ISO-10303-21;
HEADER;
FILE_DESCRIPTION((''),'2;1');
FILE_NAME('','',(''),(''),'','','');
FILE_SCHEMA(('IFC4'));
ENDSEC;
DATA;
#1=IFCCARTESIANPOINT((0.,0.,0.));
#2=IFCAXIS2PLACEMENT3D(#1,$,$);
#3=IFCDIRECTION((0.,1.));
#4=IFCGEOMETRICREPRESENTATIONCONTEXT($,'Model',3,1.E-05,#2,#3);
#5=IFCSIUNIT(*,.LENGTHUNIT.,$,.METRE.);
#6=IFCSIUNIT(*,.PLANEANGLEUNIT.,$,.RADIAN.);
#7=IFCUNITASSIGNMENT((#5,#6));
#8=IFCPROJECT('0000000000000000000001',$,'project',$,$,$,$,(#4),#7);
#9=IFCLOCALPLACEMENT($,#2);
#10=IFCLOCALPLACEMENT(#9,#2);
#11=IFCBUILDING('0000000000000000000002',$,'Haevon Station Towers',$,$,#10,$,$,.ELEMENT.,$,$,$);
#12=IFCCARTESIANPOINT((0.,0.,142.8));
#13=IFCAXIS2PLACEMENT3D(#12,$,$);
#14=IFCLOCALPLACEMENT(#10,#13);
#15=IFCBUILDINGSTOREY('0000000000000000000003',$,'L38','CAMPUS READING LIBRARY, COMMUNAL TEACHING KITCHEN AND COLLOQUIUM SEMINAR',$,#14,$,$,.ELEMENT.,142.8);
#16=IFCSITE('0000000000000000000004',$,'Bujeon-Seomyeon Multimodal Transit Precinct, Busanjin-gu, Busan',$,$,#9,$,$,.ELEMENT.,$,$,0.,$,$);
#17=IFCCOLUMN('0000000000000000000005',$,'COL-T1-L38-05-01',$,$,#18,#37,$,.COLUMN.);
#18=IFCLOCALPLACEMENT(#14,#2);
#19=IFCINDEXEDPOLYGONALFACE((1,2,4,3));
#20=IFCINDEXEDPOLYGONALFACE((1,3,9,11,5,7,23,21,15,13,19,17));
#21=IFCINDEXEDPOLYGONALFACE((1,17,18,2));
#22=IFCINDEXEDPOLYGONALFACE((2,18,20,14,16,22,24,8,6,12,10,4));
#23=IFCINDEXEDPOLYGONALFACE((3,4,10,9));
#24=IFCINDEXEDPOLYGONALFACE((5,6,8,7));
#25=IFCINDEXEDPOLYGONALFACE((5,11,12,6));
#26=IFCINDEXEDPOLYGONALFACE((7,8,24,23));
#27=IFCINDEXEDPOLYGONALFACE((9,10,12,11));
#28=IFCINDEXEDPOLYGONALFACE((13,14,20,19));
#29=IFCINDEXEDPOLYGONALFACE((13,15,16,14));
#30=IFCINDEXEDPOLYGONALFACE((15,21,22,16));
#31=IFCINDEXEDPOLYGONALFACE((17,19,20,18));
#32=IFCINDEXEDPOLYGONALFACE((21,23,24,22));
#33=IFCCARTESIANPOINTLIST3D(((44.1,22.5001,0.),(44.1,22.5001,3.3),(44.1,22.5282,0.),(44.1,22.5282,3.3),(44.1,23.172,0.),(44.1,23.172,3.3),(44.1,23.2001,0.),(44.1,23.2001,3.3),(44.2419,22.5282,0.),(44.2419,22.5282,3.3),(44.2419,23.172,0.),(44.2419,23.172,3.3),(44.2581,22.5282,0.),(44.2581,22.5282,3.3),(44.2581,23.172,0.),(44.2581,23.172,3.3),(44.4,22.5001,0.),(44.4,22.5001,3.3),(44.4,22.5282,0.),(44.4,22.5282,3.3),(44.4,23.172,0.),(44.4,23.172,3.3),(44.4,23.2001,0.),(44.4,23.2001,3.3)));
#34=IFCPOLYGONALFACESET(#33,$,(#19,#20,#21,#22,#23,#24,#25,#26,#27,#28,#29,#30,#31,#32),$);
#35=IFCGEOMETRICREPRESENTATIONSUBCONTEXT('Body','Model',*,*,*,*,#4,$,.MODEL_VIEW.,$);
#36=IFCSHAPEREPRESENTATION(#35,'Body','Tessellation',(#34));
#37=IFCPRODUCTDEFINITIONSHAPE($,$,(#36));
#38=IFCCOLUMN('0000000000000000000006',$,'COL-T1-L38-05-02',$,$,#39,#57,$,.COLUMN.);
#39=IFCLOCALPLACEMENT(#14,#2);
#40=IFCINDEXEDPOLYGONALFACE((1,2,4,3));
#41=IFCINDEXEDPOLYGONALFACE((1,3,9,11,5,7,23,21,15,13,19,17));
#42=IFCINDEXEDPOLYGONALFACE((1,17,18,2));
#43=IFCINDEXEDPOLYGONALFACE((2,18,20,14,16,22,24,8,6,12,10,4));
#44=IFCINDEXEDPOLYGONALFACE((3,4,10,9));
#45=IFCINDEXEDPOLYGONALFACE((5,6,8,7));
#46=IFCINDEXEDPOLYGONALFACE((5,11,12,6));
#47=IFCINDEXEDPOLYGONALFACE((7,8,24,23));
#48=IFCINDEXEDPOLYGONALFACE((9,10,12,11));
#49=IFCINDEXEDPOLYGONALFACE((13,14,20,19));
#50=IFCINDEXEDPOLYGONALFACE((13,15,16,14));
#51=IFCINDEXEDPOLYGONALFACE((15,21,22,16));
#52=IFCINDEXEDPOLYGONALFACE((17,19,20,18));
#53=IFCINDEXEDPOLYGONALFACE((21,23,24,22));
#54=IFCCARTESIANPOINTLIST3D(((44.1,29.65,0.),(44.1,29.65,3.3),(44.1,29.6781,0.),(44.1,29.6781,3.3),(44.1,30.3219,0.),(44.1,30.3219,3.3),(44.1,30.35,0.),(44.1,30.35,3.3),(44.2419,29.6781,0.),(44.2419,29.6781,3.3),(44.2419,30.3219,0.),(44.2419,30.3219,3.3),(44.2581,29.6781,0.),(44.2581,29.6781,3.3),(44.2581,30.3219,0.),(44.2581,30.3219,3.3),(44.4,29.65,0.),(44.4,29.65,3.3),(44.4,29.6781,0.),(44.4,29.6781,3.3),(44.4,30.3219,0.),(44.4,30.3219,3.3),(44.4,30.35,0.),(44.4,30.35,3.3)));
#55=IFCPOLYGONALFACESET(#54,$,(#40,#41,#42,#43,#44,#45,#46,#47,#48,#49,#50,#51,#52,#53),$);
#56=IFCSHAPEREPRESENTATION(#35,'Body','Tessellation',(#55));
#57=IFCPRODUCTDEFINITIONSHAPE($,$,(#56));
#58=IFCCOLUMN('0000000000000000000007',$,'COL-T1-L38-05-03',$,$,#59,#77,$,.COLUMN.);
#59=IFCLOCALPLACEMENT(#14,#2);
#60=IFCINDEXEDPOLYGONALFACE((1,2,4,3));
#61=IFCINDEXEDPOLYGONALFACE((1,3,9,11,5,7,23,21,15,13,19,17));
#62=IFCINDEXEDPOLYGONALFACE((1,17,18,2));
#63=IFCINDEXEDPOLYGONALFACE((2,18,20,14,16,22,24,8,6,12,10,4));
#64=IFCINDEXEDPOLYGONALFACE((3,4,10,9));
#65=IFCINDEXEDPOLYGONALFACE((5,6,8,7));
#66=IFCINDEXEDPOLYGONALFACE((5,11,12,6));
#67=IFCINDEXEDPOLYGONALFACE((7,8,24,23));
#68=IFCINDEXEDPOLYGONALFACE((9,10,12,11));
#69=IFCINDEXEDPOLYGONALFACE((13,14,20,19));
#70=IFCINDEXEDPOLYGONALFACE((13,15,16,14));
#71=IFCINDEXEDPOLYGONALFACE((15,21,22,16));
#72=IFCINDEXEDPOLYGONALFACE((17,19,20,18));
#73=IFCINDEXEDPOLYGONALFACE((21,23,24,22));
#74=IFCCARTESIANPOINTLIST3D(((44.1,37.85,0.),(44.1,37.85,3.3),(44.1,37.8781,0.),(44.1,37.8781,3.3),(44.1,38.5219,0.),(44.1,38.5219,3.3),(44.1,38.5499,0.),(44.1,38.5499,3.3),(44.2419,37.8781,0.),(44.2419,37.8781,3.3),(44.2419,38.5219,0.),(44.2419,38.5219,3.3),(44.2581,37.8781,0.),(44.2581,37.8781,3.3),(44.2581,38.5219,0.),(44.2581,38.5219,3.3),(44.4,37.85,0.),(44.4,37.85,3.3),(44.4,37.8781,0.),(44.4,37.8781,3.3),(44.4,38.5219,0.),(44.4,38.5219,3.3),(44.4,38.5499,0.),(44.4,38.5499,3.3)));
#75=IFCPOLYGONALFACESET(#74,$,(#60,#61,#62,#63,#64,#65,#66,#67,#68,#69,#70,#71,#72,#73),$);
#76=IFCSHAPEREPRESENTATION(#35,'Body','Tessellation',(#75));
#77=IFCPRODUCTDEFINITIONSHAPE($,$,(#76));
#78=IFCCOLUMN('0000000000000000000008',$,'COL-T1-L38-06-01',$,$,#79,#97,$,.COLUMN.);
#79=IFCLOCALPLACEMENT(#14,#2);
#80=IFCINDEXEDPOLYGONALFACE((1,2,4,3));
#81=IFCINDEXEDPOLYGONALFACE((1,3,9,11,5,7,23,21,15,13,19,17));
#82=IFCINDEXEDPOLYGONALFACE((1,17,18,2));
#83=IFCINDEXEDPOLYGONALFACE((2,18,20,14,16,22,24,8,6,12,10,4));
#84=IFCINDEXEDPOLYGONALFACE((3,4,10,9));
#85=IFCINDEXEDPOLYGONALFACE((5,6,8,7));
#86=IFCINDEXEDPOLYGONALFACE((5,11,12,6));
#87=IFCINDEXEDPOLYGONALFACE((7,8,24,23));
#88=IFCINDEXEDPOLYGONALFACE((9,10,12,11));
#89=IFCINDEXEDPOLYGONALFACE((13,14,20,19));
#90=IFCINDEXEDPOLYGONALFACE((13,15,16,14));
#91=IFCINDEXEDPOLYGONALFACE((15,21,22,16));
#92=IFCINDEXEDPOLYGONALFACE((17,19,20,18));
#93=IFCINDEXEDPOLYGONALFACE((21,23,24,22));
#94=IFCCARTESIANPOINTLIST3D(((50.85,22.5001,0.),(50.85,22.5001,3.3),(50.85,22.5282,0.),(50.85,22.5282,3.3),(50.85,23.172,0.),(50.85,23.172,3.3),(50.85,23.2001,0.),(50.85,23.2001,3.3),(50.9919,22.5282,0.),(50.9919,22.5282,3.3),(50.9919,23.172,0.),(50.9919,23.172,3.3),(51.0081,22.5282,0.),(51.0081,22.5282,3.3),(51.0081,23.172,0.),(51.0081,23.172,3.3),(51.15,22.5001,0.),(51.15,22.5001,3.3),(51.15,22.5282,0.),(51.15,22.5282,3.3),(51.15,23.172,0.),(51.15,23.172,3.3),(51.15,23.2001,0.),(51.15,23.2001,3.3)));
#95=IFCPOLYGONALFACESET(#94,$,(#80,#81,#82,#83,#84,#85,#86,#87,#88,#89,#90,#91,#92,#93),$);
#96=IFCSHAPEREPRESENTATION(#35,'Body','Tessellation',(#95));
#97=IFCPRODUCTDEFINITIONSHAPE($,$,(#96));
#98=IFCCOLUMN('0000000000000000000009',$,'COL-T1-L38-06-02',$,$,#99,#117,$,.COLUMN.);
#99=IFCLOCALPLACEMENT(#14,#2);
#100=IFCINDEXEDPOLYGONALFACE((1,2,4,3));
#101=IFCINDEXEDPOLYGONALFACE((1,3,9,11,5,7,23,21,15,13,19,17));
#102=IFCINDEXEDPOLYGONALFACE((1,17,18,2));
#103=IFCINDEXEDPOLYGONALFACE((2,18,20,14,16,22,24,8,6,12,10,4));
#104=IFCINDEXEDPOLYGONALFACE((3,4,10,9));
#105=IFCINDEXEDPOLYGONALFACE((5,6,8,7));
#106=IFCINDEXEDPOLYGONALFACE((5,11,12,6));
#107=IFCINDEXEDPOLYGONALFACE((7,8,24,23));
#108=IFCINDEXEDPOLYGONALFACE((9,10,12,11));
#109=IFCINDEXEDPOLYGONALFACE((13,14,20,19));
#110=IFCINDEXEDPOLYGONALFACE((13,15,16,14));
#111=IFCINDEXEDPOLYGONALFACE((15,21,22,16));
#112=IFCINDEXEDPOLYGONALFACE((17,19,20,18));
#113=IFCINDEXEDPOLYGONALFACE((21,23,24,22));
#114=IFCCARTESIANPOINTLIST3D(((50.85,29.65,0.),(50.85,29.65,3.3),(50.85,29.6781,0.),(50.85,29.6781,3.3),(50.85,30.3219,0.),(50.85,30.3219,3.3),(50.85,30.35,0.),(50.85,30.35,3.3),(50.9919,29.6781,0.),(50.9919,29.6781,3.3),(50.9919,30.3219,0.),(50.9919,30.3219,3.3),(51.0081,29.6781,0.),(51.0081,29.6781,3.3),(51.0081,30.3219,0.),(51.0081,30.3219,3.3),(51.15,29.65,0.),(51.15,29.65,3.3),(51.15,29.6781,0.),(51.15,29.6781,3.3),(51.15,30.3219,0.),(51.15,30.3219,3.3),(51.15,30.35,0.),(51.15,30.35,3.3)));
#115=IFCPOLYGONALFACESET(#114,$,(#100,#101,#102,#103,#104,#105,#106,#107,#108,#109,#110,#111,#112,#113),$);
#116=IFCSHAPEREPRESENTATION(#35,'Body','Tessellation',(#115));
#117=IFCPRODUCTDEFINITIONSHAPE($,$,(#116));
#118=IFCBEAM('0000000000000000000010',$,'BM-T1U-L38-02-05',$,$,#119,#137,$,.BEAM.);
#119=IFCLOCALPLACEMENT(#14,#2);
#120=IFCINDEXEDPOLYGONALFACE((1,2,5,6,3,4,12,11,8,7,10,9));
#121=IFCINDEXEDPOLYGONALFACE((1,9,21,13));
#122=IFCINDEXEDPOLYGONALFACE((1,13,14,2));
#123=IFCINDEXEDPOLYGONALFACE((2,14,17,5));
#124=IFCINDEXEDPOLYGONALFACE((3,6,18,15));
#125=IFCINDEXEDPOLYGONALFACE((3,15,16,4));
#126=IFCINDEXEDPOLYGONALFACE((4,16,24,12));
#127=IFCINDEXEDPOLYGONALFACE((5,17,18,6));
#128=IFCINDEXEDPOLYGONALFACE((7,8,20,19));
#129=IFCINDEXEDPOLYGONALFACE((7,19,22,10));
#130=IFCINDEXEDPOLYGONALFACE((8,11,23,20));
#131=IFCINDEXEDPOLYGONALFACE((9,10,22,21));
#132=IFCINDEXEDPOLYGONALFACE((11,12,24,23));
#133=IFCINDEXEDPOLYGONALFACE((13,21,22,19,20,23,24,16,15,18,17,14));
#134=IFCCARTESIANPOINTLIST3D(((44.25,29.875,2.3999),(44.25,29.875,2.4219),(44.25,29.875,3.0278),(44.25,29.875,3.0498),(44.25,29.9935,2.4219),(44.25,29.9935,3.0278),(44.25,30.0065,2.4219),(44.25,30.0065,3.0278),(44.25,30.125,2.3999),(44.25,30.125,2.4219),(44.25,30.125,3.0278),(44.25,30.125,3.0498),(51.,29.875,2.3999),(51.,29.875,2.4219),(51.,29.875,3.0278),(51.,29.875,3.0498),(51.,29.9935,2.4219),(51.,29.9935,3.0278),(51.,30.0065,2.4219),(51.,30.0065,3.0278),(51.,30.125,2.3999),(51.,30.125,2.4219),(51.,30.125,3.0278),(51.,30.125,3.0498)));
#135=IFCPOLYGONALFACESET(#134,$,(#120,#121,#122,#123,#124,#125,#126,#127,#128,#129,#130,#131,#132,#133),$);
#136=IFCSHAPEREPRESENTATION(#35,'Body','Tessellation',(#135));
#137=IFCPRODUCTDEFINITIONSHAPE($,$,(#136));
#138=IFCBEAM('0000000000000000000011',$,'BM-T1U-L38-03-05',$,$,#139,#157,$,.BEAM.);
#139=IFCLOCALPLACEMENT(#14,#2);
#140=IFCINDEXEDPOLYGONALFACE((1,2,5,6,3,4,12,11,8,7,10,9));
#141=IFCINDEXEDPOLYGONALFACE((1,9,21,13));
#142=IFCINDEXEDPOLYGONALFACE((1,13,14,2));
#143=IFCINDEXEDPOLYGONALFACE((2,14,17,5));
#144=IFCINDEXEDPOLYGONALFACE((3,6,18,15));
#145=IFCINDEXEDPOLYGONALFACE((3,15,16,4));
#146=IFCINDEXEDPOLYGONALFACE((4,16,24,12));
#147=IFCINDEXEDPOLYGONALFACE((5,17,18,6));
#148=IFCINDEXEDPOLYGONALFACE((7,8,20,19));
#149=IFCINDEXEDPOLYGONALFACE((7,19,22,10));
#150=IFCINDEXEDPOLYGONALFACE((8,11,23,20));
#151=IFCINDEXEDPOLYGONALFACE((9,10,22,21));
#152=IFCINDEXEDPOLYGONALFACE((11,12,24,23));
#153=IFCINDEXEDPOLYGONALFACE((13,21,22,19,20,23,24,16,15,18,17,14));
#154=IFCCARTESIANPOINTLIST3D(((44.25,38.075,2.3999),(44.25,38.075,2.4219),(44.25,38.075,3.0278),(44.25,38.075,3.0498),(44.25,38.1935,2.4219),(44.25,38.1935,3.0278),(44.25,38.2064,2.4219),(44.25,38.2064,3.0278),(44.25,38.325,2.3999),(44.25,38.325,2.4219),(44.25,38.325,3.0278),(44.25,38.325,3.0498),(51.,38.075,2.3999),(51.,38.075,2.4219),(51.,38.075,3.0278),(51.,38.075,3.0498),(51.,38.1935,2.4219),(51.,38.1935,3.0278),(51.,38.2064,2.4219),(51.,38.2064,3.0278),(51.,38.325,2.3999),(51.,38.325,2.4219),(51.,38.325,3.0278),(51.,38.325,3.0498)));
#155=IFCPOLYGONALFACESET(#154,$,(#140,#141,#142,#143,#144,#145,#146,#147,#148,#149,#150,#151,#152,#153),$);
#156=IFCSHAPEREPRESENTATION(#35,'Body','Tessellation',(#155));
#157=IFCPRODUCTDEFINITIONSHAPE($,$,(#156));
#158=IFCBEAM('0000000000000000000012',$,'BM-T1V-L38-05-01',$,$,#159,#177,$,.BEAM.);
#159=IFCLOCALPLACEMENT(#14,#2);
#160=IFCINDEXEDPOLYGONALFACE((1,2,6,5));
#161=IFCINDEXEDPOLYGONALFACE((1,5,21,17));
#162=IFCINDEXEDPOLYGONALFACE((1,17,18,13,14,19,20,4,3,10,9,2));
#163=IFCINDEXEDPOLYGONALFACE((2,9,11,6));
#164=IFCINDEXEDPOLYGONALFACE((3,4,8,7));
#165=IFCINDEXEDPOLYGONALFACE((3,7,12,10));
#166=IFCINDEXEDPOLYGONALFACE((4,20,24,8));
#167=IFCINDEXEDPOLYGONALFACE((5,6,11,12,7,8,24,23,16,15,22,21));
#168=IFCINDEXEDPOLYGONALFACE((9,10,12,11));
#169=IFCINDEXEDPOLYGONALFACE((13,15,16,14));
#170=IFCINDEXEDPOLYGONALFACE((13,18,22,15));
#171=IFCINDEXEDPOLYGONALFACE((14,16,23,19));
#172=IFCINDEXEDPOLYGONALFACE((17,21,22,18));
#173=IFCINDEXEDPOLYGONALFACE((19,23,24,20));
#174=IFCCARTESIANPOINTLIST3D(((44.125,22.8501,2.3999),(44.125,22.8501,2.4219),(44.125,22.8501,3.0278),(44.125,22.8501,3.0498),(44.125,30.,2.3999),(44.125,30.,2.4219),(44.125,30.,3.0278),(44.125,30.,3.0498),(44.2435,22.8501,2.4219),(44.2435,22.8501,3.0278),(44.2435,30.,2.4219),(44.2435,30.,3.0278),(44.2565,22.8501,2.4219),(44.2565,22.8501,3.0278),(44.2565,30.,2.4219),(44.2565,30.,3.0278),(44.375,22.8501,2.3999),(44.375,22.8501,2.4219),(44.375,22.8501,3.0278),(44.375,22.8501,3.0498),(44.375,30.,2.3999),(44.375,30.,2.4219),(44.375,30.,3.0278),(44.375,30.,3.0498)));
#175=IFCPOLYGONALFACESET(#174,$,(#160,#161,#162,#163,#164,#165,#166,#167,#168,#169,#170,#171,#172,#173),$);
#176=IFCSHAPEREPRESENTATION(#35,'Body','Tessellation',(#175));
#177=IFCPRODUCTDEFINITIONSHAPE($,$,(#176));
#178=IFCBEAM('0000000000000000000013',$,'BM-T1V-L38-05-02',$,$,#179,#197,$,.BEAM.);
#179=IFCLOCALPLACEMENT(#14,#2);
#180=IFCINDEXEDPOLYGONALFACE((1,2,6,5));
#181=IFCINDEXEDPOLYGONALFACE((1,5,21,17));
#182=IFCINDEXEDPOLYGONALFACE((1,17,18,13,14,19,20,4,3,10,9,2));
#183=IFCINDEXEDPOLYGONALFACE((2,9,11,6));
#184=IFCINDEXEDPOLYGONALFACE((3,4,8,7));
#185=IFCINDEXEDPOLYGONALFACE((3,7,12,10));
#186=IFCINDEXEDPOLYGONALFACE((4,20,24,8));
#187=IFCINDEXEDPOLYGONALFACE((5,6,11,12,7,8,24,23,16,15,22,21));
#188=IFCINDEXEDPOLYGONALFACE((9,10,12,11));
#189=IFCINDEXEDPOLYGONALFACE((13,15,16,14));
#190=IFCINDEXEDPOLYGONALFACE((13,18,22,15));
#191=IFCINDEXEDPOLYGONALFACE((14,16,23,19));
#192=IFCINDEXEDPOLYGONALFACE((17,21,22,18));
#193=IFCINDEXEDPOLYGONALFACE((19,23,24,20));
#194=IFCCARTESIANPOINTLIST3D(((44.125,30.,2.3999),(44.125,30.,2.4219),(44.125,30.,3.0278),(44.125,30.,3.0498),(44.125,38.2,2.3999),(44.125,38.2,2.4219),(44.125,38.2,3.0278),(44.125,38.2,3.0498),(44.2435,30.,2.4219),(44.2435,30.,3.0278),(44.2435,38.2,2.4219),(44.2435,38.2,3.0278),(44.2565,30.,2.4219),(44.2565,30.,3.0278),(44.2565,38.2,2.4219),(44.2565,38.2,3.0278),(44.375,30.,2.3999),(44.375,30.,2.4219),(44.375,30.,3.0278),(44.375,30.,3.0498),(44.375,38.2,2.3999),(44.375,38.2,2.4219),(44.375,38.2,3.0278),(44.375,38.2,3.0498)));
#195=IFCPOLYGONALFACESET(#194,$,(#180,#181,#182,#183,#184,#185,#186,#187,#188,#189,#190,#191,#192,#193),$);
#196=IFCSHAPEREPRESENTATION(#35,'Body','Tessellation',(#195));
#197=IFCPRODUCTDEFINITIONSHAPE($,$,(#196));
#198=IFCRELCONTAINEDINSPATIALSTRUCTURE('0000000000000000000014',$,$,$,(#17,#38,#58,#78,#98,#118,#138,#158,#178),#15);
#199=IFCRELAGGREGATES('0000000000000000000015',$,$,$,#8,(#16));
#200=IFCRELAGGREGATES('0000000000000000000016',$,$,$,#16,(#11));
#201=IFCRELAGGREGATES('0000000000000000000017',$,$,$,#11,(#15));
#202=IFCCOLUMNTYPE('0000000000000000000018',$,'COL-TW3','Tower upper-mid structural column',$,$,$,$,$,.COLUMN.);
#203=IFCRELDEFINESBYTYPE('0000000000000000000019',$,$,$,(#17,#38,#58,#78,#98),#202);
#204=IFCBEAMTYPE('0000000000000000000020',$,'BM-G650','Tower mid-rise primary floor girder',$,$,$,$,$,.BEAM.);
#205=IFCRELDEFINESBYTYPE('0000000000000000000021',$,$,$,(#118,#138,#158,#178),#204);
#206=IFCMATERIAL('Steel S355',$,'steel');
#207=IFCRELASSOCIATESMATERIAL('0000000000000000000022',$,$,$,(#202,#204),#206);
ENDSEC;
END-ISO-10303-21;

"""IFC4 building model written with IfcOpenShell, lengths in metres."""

from ifc_helpers import new_model, si_unit, direction, frame, origin, origin_2d, place, context, subcontext, project, spatial, i_section, extrude, material, material_profile, profile_set, type_object, element, save


model = new_model("IFC4")

# Units and contexts
model_context = context("Model", 3, precision=1e-05, world=origin(), true_north=direction((0.0, 1.0)))
body_context = subcontext(model_context, "Body", "Model", "MODEL_VIEW")
ifc_project = project(units=[si_unit("LENGTHUNIT", "METRE"), si_unit("PLANEANGLEUNIT", "RADIAN")], contexts=[model_context])

# Site, building, storey
site_placement = place(None, origin())
site = spatial("IfcSite", under=ifc_project, at=site_placement, Name="Bujeon-Seomyeon Multimodal Transit Precinct, Busanjin-gu, Busan", CompositionType="ELEMENT", RefElevation=0.0)
building_placement = place(site_placement, origin())
building = spatial("IfcBuilding", under=site, at=building_placement, Name="Haevon Station Towers", CompositionType="ELEMENT")
storey_placement = place(building_placement, frame((0.0, 0.0, 142.8)))
storey = spatial("IfcBuildingStorey", under=building, at=storey_placement, Name="L38", Description="CAMPUS READING LIBRARY, COMMUNAL TEACHING KITCHEN AND COLLOQUIUM SEMINAR", CompositionType="ELEMENT", Elevation=142.8)

# Columns
ifc_material_1 = material(Name="Steel S355", Category="steel")
ifc_material_profile_1 = material_profile(ifc_material_1, i_section(OverallWidth=0.3, OverallDepth=0.7, WebThickness=0.0161, FlangeThickness=0.0281, at=origin_2d()), Name="H-700x300x16x28")
ifc_profile_set_1 = profile_set([ifc_material_profile_1], Name="Steel S355")
column_type = type_object("IfcColumnType", Name="COL-TW3", Description="Tower upper-mid structural column", PredefinedType="COLUMN", material=ifc_profile_set_1)
for number, where, z_axis, x_axis, name in (
    (1, (44.25, 22.8501, 0.0), (0.0, 0.0, 1.0), (1.0, 0.0, 0.0), "COL-T1-L38-05-01"),
    (2, (44.25, 30.0, 0.0), (0.0, 0.0, 1.0), (1.0, 0.0, 0.0), "COL-T1-L38-05-02"),
    (3, (44.25, 38.2, 0.0), (0.0, 0.0, 1.0), (1.0, 0.0, 0.0), "COL-T1-L38-05-03"),
    (4, (51.0, 22.8501, 0.0), (0.0, 0.0, 1.0), (1.0, 0.0, 0.0), "COL-T1-L38-06-01"),
    (5, (51.0, 30.0, 0.0), (0.0, 0.0, 1.0), (1.0, 0.0, 0.0), "COL-T1-L38-06-02"),
):
    element("IfcColumn", number, at=place(storey_placement, frame(where, z_axis=z_axis, x_axis=x_axis)), inside=storey, type_object=column_type, Name=name, PredefinedType="COLUMN", context=body_context, shape_type="SweptSolid", body=[
        extrude(i_section(OverallWidth=0.3, OverallDepth=0.7, WebThickness=0.0161, FlangeThickness=0.0281, at=origin_2d()), origin(), (0.0, 0.0, 1.0), 3.3),
    ])

# Beams
ifc_material_profile_2 = material_profile(ifc_material_1, i_section(OverallWidth=0.25, OverallDepth=0.6499, WebThickness=0.0129, FlangeThickness=0.022, at=origin_2d()), Name="H-650x250x13x22")
ifc_profile_set_2 = profile_set([ifc_material_profile_2], Name="Steel S355")
beam_type_1 = type_object("IfcBeamType", Name="BM-G650", Description="Tower mid-rise primary floor girder", PredefinedType="BEAM", material=ifc_profile_set_2)
for number, where, z_axis, x_axis, name in (
    (6, (44.25, 30.0, 2.7249), (1.0, 0.0, 0.0), (0.0, 1.0, 0.0), "BM-T1U-L38-02-05"),
    (7, (44.25, 38.2, 2.7249), (1.0, 0.0, 0.0), (0.0, 1.0, 0.0), "BM-T1U-L38-03-05"),
):
    element("IfcBeam", number, at=place(storey_placement, frame(where, z_axis=z_axis, x_axis=x_axis)), inside=storey, type_object=beam_type_1, Name=name, PredefinedType="BEAM", context=body_context, shape_type="SweptSolid", body=[
        extrude(i_section(OverallWidth=0.25, OverallDepth=0.6499, WebThickness=0.0129, FlangeThickness=0.022, at=origin_2d()), origin(), (0.0, 0.0, 1.0), 6.75),
    ])
beam_1_placement = place(storey_placement, frame((44.25, 22.8501, 2.7249), z_axis=(0.0, 1.0, 0.0), x_axis=(-1.0, 0.0, 0.0)))
element("IfcBeam", 8, at=beam_1_placement, inside=storey, type_object=beam_type_1, Name="BM-T1V-L38-05-01", PredefinedType="BEAM", context=body_context, shape_type="SweptSolid", body=[
    extrude(i_section(OverallWidth=0.25, OverallDepth=0.6499, WebThickness=0.0129, FlangeThickness=0.022, at=origin_2d()), origin(), (0.0, 0.0, 1.0), 7.1499),
])
beam_2_placement = place(storey_placement, frame((44.25, 30.0, 2.7249), z_axis=(0.0, 1.0, 0.0), x_axis=(-1.0, 0.0, 0.0)))
element("IfcBeam", 9, at=beam_2_placement, inside=storey, type_object=beam_type_1, Name="BM-T1V-L38-05-02", PredefinedType="BEAM", context=body_context, shape_type="SweptSolid", body=[
    extrude(i_section(OverallWidth=0.25, OverallDepth=0.6499, WebThickness=0.0129, FlangeThickness=0.022, at=origin_2d()), origin(), (0.0, 0.0, 1.0), 8.2),
])

save(model, "model.ifc")
